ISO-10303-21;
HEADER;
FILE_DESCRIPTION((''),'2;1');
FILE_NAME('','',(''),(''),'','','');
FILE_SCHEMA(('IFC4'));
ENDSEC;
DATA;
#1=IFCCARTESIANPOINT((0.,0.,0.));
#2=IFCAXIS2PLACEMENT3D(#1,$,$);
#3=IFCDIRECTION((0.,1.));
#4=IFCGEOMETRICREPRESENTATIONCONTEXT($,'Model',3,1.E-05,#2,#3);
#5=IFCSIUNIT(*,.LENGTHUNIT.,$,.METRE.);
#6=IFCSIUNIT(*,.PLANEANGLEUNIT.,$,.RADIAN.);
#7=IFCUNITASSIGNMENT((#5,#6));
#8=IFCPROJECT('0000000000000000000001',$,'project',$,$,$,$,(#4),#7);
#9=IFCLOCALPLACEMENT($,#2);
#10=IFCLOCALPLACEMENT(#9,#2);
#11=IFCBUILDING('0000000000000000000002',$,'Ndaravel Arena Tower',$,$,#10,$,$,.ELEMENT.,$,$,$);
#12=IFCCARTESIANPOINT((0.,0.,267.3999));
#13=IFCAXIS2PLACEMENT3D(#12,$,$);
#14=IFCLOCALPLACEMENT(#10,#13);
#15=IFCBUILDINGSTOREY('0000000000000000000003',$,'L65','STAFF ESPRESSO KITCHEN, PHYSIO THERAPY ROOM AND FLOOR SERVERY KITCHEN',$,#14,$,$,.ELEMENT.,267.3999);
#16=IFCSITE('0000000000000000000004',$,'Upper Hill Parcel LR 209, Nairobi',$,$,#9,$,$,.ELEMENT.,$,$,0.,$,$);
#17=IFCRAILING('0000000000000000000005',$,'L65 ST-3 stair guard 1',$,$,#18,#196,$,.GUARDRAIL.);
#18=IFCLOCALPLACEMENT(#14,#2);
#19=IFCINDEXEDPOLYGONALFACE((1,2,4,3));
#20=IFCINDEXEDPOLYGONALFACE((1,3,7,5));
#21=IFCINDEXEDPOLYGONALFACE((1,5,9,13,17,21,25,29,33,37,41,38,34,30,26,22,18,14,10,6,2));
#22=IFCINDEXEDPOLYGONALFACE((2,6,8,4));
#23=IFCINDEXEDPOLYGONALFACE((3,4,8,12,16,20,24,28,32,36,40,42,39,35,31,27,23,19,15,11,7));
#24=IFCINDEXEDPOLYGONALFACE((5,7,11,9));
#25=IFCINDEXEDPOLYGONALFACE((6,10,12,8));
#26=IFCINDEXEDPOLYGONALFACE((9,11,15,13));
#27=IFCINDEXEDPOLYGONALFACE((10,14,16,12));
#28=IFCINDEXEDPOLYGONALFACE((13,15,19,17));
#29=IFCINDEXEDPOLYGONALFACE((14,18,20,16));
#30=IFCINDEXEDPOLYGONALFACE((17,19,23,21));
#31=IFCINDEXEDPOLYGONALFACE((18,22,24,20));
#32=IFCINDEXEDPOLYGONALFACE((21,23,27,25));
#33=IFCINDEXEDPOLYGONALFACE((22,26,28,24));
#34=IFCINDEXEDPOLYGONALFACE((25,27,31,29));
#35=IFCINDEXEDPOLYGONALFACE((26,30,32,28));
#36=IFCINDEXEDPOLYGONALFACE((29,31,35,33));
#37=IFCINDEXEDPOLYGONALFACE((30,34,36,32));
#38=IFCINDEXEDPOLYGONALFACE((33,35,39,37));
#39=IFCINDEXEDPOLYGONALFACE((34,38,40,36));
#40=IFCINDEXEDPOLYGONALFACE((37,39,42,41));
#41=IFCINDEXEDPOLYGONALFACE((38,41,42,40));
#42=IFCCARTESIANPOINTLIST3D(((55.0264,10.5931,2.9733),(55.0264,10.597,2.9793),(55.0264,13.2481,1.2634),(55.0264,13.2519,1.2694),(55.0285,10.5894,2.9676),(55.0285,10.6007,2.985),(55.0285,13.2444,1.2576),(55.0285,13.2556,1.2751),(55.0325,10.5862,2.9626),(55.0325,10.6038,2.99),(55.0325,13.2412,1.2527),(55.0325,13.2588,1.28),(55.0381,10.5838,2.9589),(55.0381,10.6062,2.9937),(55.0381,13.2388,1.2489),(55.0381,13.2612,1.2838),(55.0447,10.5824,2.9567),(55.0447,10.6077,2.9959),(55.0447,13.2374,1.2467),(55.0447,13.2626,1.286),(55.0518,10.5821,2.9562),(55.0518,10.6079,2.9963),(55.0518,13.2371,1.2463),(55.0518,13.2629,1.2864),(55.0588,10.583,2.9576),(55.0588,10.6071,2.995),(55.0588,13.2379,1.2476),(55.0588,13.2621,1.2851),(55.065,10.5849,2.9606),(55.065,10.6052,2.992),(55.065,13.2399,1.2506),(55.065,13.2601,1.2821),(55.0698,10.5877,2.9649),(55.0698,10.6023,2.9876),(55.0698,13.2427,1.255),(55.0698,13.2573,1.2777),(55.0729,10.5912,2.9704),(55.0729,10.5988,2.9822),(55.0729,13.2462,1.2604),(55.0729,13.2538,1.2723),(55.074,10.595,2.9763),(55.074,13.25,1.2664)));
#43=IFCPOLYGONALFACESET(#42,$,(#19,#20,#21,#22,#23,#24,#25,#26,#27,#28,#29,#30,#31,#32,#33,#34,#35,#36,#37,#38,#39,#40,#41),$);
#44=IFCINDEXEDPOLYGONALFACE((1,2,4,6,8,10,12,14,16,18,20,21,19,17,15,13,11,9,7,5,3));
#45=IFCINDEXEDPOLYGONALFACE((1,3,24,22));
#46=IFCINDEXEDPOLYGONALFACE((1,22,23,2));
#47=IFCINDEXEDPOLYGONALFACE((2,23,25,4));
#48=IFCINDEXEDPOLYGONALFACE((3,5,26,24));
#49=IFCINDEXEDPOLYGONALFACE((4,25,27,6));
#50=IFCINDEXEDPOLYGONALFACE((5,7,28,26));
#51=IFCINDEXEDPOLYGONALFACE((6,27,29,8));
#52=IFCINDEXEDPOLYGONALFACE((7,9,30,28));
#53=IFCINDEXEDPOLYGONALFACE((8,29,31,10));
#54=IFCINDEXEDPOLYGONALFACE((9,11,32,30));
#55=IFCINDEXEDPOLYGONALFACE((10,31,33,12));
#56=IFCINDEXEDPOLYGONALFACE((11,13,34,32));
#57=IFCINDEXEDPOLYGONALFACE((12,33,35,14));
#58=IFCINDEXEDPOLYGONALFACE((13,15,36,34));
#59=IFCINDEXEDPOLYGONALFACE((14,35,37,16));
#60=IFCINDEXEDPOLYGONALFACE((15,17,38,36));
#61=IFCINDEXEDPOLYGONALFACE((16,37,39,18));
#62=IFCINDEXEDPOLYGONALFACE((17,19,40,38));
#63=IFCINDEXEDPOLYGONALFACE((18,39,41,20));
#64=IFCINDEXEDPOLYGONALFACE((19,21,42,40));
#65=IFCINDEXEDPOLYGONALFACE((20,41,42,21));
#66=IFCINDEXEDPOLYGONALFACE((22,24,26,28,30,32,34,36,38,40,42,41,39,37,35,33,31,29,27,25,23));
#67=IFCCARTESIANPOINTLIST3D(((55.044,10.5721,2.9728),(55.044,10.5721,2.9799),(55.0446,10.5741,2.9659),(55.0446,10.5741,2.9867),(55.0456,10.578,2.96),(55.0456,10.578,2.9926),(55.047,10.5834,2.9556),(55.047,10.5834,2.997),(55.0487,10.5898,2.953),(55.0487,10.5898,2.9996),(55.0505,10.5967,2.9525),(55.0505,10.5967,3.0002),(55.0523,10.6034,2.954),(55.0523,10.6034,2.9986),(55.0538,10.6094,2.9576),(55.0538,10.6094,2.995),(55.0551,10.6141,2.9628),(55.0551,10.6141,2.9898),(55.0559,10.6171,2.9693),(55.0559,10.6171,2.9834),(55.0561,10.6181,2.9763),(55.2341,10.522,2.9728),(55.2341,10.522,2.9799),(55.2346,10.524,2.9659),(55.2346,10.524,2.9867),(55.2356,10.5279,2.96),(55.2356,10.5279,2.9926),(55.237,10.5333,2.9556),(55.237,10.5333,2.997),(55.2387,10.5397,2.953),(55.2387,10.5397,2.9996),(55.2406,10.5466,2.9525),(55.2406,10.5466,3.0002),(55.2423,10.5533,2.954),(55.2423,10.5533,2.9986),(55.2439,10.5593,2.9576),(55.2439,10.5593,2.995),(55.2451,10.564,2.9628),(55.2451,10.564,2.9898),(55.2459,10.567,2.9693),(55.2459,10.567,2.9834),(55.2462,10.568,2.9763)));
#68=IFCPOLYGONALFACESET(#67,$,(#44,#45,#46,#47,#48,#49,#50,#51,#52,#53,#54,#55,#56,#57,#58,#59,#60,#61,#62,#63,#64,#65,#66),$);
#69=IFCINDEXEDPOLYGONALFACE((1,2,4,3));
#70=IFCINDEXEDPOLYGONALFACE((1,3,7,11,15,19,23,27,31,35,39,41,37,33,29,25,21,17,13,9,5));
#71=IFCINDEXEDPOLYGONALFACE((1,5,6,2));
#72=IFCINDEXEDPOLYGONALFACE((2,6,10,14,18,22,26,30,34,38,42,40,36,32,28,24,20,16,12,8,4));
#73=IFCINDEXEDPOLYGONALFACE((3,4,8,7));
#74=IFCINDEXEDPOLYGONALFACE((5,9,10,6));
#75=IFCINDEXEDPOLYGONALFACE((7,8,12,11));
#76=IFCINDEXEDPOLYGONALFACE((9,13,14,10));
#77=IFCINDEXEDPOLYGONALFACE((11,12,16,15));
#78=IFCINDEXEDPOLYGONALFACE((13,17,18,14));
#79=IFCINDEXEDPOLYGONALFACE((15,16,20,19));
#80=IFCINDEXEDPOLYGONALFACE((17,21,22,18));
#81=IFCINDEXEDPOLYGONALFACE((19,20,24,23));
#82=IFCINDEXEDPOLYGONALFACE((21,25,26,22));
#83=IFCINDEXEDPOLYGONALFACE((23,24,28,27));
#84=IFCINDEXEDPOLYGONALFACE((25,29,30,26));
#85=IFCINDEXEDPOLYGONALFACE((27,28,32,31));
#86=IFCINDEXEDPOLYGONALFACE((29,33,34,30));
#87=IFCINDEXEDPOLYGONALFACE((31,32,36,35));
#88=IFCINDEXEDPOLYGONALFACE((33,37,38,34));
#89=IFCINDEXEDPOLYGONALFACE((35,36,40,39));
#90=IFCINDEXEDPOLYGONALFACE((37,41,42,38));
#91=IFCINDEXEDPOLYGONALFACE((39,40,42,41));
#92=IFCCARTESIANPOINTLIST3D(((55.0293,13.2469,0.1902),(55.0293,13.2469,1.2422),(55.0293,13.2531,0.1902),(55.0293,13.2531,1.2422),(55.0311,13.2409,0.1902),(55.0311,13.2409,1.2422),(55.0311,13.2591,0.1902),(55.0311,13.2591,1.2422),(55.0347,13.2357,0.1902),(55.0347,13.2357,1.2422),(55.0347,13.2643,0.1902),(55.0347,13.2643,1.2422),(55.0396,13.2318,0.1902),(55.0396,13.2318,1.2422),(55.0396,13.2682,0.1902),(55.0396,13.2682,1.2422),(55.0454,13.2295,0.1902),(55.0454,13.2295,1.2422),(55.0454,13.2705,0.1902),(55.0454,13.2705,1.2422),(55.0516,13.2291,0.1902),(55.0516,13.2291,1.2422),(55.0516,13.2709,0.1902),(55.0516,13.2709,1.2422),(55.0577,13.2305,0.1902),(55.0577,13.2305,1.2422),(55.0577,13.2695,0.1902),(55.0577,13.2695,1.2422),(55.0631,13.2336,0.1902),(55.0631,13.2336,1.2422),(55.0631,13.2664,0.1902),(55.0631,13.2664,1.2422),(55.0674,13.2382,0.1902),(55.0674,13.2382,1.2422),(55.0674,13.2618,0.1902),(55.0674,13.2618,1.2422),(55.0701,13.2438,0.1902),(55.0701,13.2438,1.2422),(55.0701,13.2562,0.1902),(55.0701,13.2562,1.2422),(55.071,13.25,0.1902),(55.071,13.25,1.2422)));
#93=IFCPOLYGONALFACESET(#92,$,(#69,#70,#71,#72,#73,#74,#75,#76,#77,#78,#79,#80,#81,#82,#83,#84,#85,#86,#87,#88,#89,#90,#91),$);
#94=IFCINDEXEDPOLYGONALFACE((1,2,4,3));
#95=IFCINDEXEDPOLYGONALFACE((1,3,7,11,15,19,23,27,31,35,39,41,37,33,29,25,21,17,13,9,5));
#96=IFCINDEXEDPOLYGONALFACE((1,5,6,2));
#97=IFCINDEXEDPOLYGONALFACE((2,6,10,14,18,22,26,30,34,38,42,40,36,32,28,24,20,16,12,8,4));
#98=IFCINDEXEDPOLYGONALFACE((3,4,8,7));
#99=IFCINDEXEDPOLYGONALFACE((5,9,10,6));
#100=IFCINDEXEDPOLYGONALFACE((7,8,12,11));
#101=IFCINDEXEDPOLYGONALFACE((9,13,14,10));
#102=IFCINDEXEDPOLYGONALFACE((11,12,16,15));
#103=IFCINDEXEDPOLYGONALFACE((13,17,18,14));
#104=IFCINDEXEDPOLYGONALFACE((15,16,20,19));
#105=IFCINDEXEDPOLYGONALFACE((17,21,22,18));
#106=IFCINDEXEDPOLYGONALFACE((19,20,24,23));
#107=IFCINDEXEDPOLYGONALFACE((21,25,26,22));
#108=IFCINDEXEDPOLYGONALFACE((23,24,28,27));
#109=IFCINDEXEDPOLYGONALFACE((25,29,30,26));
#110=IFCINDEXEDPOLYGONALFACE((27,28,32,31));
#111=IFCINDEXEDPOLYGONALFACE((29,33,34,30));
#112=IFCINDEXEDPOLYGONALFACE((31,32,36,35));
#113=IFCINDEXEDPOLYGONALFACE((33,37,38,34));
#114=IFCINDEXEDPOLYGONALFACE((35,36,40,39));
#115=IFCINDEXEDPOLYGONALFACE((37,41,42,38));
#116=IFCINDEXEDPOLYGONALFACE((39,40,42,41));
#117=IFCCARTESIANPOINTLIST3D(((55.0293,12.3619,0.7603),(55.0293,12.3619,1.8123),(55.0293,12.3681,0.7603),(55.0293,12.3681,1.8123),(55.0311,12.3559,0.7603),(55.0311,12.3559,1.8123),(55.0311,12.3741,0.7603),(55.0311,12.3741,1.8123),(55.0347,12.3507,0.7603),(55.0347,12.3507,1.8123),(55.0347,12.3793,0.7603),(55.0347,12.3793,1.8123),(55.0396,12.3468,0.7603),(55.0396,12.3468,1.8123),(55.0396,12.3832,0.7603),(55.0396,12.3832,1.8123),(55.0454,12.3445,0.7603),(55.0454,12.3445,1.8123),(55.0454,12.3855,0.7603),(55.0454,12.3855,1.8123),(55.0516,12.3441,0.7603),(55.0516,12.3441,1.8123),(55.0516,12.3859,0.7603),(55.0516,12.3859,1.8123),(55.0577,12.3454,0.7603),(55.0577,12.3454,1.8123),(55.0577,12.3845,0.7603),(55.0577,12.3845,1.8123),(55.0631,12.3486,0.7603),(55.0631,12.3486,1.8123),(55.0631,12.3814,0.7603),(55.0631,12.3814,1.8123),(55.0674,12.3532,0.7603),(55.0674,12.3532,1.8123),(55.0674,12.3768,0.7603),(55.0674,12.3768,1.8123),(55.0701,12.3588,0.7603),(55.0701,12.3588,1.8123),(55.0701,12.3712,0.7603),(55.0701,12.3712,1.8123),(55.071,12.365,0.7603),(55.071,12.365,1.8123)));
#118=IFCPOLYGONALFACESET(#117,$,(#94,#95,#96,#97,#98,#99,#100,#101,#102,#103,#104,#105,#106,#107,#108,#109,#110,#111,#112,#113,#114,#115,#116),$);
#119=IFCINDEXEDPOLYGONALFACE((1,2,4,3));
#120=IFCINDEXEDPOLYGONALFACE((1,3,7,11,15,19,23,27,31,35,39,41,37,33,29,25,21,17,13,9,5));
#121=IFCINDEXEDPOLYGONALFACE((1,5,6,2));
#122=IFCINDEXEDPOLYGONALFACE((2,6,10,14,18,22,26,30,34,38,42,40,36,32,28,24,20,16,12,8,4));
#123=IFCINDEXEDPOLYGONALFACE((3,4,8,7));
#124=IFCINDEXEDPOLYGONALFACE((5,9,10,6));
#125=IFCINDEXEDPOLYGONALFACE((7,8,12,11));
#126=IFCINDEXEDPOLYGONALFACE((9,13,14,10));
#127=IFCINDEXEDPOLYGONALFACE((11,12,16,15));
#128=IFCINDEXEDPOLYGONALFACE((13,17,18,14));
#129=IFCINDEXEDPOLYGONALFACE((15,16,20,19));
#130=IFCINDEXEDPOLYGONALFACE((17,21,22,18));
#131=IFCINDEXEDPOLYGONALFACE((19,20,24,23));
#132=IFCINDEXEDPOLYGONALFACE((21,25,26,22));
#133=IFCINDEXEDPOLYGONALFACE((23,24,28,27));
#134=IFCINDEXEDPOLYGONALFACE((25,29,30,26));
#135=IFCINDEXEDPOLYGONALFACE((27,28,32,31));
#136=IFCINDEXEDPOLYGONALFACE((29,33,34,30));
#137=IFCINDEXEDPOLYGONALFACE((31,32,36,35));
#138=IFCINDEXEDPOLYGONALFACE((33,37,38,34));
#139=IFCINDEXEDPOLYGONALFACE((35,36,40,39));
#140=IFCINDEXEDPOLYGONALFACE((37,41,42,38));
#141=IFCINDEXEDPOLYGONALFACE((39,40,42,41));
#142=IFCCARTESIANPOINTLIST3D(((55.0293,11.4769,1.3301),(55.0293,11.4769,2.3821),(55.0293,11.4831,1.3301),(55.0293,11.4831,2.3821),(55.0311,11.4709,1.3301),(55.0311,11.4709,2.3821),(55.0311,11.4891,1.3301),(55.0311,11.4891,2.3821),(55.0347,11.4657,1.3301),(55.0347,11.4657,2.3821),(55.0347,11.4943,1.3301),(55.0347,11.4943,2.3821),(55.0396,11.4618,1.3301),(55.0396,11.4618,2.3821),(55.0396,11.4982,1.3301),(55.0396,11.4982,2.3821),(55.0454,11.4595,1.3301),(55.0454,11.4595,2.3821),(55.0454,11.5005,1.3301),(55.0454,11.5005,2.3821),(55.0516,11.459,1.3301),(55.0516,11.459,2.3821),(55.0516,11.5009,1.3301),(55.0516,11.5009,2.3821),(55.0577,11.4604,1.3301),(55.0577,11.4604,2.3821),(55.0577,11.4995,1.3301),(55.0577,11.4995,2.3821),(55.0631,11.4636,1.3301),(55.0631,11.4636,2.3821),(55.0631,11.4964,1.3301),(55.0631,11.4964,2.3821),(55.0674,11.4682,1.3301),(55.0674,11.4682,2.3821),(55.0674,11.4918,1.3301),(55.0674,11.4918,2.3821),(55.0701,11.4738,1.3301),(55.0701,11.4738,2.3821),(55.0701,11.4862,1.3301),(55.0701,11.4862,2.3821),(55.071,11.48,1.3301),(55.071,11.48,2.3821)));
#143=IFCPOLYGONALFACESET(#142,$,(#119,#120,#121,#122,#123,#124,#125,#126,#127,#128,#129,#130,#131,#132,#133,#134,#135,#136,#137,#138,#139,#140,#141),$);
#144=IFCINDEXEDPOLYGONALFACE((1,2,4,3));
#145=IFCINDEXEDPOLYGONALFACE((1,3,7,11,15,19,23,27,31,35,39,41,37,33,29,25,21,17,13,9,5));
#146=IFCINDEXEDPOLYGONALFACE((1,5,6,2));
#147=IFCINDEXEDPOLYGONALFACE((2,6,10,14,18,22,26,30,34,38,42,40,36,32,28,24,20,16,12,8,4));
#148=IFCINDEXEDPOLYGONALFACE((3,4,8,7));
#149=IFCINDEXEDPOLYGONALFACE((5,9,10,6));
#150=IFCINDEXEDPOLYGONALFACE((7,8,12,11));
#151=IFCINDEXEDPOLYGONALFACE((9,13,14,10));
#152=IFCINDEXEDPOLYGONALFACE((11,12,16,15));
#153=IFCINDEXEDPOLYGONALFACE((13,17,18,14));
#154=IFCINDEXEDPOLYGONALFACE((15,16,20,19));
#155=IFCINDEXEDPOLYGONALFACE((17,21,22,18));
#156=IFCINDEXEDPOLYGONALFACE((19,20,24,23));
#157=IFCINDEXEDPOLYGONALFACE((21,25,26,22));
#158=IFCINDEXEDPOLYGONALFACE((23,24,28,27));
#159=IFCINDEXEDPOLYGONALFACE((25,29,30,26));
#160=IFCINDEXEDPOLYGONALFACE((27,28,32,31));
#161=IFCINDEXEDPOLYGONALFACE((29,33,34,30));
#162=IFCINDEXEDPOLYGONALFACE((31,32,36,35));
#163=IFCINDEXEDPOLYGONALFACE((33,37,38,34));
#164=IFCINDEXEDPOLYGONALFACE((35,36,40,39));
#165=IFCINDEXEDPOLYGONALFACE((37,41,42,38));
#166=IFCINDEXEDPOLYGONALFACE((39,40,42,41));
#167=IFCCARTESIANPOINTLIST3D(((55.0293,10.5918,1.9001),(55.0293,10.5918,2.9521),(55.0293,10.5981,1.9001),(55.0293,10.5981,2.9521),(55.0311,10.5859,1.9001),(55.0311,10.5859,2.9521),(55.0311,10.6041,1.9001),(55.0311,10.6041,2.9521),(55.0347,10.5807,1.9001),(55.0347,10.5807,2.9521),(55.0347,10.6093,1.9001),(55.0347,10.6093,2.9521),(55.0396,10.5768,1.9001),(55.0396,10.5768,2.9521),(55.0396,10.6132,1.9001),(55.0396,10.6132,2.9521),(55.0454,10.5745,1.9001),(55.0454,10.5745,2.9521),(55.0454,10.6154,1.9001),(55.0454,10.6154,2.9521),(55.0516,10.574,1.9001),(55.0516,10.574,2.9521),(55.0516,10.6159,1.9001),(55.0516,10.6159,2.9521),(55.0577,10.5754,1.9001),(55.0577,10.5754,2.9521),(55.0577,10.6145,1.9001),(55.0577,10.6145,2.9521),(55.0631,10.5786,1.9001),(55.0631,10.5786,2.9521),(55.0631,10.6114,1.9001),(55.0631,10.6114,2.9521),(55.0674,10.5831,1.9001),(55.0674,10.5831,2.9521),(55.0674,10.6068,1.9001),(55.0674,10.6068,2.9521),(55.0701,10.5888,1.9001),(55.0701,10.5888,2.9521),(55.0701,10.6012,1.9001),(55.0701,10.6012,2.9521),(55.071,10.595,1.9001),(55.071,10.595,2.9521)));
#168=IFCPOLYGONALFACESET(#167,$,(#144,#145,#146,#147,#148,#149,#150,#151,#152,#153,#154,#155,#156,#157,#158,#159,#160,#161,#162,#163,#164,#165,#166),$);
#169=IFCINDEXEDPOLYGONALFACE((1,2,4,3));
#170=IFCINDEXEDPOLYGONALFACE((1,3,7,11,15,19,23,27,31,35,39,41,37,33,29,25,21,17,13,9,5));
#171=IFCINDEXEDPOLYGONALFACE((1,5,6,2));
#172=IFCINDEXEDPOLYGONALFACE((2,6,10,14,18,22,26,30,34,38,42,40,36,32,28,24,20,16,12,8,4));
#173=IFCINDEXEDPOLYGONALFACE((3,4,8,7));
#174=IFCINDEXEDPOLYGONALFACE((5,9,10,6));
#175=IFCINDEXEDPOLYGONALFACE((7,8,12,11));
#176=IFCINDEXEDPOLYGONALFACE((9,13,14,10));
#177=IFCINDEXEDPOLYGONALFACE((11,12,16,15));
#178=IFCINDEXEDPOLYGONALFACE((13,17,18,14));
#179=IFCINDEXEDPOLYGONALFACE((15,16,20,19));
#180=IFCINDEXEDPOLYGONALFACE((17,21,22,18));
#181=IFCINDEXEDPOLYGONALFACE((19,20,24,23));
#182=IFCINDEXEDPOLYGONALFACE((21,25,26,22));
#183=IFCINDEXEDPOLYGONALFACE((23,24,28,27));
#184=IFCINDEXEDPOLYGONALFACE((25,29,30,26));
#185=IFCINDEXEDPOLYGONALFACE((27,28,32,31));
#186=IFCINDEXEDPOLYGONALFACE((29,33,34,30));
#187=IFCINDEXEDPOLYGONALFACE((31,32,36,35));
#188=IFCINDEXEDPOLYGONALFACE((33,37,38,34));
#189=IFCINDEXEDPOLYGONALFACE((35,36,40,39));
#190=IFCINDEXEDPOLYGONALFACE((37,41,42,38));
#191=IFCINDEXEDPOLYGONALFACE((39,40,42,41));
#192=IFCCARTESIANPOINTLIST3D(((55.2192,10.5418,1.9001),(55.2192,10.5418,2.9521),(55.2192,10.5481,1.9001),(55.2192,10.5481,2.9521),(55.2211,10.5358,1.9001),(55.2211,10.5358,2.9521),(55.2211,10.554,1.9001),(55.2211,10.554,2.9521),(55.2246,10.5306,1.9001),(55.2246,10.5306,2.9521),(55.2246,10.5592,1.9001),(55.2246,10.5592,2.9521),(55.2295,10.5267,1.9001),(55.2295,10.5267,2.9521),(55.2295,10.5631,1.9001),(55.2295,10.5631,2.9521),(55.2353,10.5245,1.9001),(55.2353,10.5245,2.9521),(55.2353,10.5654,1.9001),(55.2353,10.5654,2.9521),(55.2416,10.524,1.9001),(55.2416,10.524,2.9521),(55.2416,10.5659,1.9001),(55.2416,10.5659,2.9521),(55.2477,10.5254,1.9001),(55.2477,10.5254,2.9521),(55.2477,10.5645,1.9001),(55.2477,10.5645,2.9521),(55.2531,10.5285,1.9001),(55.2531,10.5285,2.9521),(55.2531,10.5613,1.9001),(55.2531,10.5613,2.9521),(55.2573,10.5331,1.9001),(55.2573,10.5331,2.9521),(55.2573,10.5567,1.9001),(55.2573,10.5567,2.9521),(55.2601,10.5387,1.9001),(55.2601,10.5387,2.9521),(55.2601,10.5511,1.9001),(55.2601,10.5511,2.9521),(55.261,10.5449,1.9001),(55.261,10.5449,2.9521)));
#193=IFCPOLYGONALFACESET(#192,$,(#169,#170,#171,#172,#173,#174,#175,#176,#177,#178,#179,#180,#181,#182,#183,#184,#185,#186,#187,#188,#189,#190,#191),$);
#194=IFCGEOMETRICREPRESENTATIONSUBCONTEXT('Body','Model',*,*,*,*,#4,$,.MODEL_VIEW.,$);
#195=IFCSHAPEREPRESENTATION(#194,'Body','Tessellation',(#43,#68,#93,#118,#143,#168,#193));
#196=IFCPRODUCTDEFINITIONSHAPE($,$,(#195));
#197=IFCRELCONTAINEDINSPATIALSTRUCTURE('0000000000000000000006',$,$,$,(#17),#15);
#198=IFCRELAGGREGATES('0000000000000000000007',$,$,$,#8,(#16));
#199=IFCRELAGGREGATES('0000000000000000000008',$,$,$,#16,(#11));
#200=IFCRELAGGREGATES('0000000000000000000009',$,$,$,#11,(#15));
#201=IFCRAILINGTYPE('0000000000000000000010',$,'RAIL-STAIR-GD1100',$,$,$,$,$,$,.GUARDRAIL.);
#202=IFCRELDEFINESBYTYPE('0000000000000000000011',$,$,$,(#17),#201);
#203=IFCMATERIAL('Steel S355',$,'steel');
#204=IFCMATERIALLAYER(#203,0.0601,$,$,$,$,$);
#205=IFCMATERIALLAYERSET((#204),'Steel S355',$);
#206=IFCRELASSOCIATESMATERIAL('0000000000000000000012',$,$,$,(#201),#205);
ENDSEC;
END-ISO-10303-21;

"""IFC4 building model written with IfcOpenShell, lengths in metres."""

from ifc_helpers import new_model, si_unit, direction, frame, origin, origin_2d, place, context, subcontext, project, spatial, circle, extrude, material, layer, layer_set, type_object, element, save


model = new_model("IFC4")

# Units and contexts
model_context = context("Model", 3, precision=1e-05, world=origin(), true_north=direction((0.0, 1.0)))
body_context = subcontext(model_context, "Body", "Model", "MODEL_VIEW")
ifc_project = project(units=[si_unit("LENGTHUNIT", "METRE"), si_unit("PLANEANGLEUNIT", "RADIAN")], contexts=[model_context])

# Site, building, storey
site_placement = place(None, origin())
site = spatial("IfcSite", under=ifc_project, at=site_placement, Name="Upper Hill Parcel LR 209, Nairobi", CompositionType="ELEMENT", RefElevation=0.0)
building_placement = place(site_placement, origin())
building = spatial("IfcBuilding", under=site, at=building_placement, Name="Ndaravel Arena Tower", CompositionType="ELEMENT")
storey_placement = place(building_placement, frame((0.0, 0.0, 267.3999)))
storey = spatial("IfcBuildingStorey", under=building, at=storey_placement, Name="L65", Description="STAFF ESPRESSO KITCHEN, PHYSIO THERAPY ROOM AND FLOOR SERVERY KITCHEN", CompositionType="ELEMENT", Elevation=267.3999)

# Railing
ifc_material_1 = material(Name="Steel S355", Category="steel")
ifc_layer_1 = layer(ifc_material_1, 0.0601)
ifc_layer_set_1 = layer_set([ifc_layer_1], Name="Steel S355")
railing_type_1 = type_object("IfcRailingType", Name="RAIL-STAIR-GD1100", PredefinedType="GUARDRAIL", material=ifc_layer_set_1)
railing_1_placement = place(storey_placement, frame((55.05, 13.25, 0.1902)))
element("IfcRailing", 1, at=railing_1_placement, inside=storey, type_object=railing_type_1, Name="L65 ST-3 stair guard 1", PredefinedType="GUARDRAIL", context=body_context, shape_type="SweptSolid", body=[
    extrude(circle(Radius=0.0239, at=origin_2d()), frame((0.0, 0.0, 1.0762), z_axis=(0.0, -0.840724, 0.541465), x_axis=(1.0, 0.0, 0.0)), (0.0, 0.0, 1.0), 3.158),
    extrude(circle(Radius=0.0239, at=origin_2d()), frame((0.0, -2.655, 2.7861), z_axis=(0.966994, -0.254799, 0.0), x_axis=(0.254799, 0.966994, 0.0)), (0.0, 0.0, 1.0), 0.1965),
    extrude(circle(Radius=0.021, at=origin_2d()), origin(), (0.0, 0.0, 1.0), 1.052),
    extrude(circle(Radius=0.021, at=origin_2d()), frame((0.0, -0.885, 0.5701)), (0.0, 0.0, 1.0), 1.052),
    extrude(circle(Radius=0.021, at=origin_2d()), frame((0.0, -1.77, 1.1399)), (0.0, 0.0, 1.0), 1.052),
    extrude(circle(Radius=0.021, at=origin_2d()), frame((0.0, -2.655, 1.71)), (0.0, 0.0, 1.0), 1.052),
    extrude(circle(Radius=0.021, at=origin_2d()), frame((0.1899, -2.7051, 1.71)), (0.0, 0.0, 1.0), 1.052),
])

save(model, "model.ifc")
